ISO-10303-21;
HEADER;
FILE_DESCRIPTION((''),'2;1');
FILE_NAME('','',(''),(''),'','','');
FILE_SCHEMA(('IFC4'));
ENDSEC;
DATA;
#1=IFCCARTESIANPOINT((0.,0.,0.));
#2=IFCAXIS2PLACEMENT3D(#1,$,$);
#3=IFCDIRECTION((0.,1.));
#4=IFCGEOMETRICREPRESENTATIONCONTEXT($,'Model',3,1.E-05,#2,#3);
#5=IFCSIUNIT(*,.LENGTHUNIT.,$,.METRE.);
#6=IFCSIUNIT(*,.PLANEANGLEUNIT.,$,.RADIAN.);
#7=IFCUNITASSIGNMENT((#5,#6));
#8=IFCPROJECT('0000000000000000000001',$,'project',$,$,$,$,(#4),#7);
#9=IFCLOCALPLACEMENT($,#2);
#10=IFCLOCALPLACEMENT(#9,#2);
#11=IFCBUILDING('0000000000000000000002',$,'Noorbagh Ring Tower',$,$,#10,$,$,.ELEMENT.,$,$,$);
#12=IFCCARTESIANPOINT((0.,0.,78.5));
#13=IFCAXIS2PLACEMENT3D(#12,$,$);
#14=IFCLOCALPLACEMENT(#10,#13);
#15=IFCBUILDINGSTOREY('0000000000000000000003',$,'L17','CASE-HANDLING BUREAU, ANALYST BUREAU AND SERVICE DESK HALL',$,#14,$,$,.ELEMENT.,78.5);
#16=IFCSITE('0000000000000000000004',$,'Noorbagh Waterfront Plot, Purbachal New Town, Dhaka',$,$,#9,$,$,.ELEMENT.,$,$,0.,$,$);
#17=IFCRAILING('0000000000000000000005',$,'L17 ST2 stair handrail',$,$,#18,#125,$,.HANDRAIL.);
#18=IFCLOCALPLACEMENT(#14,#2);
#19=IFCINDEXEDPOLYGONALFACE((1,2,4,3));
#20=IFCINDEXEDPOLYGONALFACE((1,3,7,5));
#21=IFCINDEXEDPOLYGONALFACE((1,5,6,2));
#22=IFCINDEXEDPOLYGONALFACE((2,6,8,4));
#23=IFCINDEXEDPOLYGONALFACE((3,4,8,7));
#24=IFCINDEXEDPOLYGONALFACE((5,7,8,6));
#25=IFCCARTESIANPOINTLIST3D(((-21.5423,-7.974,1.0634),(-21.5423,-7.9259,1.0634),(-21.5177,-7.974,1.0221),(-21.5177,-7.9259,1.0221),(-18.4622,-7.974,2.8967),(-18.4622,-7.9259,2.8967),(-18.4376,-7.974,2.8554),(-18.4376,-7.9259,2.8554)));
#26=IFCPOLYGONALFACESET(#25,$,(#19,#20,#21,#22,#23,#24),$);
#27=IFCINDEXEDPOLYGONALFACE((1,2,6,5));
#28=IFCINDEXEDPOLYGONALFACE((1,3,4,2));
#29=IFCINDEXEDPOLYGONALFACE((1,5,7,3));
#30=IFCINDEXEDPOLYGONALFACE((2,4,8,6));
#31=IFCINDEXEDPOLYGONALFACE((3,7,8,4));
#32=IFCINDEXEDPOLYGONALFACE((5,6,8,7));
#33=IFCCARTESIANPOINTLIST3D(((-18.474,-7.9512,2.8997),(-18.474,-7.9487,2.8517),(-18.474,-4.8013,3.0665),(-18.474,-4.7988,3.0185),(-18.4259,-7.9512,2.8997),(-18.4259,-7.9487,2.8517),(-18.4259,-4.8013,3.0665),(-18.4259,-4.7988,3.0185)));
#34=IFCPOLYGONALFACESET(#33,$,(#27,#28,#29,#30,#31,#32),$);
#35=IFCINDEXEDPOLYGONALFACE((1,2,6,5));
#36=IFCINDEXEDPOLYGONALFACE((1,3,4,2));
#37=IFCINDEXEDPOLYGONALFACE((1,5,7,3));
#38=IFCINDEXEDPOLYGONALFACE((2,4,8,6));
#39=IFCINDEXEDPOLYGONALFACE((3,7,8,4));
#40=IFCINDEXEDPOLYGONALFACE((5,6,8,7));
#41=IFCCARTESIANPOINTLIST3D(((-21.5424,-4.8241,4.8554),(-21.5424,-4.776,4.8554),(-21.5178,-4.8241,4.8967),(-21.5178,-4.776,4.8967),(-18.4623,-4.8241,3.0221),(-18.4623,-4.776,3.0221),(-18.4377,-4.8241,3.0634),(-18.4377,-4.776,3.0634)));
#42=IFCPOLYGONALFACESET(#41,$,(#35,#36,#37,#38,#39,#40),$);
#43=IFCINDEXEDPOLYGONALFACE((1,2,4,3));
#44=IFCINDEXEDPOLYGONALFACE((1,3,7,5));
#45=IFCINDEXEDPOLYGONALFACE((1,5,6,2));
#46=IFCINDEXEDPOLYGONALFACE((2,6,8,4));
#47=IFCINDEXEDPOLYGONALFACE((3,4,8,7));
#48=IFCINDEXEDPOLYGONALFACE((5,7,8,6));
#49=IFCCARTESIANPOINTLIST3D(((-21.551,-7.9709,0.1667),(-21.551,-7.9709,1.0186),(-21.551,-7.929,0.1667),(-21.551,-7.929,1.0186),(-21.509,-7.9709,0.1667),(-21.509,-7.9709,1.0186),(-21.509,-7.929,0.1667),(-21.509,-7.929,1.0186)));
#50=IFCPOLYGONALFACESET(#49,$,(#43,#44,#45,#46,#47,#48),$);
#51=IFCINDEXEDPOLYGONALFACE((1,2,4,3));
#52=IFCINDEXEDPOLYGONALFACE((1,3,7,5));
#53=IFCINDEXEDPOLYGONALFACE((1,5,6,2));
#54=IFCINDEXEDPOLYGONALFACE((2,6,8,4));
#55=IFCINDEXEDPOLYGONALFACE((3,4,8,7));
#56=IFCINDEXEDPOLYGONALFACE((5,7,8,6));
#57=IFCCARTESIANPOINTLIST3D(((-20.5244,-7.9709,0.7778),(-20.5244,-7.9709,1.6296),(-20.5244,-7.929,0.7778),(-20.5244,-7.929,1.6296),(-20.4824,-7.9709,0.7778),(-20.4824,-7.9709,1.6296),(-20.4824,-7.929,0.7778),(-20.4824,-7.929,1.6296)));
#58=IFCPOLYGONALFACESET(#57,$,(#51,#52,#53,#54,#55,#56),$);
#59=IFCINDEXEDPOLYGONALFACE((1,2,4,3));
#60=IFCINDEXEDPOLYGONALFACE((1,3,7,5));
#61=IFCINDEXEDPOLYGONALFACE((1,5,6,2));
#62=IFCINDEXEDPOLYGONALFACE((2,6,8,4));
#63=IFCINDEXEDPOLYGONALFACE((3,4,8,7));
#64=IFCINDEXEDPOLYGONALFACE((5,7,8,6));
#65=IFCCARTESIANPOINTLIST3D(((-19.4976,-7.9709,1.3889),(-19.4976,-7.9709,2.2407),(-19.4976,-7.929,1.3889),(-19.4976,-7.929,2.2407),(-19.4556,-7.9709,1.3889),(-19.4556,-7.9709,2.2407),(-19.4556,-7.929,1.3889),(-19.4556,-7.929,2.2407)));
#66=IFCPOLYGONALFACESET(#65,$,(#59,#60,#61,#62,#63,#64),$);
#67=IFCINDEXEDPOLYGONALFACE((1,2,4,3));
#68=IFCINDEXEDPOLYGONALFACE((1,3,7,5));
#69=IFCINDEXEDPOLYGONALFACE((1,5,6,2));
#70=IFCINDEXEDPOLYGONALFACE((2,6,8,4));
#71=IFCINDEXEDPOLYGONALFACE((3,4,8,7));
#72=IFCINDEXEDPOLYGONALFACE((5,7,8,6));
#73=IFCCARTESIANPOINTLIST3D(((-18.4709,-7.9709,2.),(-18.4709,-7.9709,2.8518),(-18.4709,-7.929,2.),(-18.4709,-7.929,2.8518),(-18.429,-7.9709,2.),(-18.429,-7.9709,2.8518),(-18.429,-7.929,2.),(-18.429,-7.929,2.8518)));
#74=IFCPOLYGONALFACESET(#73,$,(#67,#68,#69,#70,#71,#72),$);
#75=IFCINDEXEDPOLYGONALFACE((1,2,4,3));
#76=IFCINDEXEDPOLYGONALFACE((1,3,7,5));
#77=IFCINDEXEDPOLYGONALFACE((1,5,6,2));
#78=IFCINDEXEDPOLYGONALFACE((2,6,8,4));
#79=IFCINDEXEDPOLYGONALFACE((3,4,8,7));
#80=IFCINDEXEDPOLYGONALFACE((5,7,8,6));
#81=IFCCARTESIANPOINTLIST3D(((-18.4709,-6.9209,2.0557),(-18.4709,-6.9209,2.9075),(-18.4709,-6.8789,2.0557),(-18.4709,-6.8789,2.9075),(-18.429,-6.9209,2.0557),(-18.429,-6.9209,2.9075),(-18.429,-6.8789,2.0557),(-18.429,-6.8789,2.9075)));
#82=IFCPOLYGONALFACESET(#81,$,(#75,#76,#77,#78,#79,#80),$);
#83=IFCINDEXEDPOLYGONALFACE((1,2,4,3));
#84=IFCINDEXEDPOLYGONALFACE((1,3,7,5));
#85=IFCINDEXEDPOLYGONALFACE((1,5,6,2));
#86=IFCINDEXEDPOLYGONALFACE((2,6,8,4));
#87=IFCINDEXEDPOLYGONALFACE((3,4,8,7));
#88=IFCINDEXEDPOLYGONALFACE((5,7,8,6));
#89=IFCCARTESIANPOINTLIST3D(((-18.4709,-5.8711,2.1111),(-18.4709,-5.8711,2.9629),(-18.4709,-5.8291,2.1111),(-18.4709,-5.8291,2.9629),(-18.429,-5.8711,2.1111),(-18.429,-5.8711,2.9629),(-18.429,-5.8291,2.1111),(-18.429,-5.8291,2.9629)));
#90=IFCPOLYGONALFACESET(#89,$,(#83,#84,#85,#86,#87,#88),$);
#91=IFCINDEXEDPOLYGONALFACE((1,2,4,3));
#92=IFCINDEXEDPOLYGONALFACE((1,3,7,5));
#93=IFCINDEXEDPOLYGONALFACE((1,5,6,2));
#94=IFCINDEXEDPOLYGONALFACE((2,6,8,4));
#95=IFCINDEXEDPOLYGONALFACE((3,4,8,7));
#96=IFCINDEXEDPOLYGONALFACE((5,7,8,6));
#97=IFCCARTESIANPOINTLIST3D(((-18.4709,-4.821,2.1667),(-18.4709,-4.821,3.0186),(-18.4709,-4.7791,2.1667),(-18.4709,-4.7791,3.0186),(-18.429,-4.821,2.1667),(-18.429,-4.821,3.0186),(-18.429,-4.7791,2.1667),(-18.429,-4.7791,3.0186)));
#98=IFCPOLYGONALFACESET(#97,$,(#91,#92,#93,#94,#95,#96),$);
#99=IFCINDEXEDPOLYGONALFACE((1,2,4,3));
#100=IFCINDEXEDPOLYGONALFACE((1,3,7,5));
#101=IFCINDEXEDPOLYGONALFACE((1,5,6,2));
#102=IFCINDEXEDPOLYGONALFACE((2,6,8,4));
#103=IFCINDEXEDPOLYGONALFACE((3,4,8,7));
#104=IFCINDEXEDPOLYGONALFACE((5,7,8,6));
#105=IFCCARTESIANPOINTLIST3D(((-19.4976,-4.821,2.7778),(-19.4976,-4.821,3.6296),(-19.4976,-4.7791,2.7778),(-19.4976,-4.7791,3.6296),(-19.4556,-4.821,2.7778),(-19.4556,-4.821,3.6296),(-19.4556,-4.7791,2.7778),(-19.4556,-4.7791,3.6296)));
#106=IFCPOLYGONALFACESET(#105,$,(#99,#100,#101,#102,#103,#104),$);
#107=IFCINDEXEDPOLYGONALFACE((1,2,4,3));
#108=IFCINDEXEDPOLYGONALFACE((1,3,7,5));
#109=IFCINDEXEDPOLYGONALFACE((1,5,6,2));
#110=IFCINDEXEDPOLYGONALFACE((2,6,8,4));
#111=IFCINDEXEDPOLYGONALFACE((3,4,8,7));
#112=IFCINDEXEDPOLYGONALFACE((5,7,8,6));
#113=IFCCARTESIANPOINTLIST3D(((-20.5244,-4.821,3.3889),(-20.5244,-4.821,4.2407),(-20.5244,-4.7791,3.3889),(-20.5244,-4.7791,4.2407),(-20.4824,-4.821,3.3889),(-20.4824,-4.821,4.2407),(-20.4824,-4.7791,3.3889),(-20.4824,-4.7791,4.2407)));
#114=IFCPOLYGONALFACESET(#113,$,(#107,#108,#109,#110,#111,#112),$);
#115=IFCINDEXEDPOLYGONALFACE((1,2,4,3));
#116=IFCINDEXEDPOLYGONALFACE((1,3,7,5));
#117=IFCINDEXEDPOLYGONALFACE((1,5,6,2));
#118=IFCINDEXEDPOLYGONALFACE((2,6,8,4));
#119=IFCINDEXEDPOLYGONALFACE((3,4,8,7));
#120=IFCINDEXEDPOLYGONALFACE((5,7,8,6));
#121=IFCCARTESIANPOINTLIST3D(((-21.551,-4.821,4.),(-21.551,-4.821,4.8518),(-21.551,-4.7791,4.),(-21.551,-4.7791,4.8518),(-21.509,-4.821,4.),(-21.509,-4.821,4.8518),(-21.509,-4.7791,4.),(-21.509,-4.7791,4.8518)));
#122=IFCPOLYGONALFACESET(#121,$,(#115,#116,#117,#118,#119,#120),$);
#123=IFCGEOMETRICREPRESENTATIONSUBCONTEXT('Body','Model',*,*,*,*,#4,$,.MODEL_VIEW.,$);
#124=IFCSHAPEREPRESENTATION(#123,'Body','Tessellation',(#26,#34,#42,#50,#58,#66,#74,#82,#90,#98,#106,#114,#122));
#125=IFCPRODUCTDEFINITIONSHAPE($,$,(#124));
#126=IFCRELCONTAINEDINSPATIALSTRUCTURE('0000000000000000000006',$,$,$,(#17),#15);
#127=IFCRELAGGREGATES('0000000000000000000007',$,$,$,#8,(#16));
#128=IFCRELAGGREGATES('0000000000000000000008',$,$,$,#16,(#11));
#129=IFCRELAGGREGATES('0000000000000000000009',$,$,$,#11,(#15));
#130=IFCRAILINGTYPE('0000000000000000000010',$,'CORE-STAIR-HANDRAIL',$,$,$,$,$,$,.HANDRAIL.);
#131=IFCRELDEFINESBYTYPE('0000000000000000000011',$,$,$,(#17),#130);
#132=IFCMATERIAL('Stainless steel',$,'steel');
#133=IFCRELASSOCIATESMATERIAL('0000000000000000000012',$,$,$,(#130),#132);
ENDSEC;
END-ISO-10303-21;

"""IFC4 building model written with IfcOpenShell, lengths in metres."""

from ifc_helpers import new_model, si_unit, direction, frame, origin, origin_2d, place, context, subcontext, project, spatial, rectangle, extrude, material, type_object, element, save


model = new_model("IFC4")

# Units and contexts
model_context = context("Model", 3, precision=1e-05, world=origin(), true_north=direction((0.0, 1.0)))
body_context = subcontext(model_context, "Body", "Model", "MODEL_VIEW")
ifc_project = project(units=[si_unit("LENGTHUNIT", "METRE"), si_unit("PLANEANGLEUNIT", "RADIAN")], contexts=[model_context])

# Site, building, storey
site_placement = place(None, origin())
site = spatial("IfcSite", under=ifc_project, at=site_placement, Name="Noorbagh Waterfront Plot, Purbachal New Town, Dhaka", CompositionType="ELEMENT", RefElevation=0.0)
building_placement = place(site_placement, origin())
building = spatial("IfcBuilding", under=site, at=building_placement, Name="Noorbagh Ring Tower", CompositionType="ELEMENT")
storey_placement = place(building_placement, frame((0.0, 0.0, 78.5)))
storey = spatial("IfcBuildingStorey", under=building, at=storey_placement, Name="L17", Description="CASE-HANDLING BUREAU, ANALYST BUREAU AND SERVICE DESK HALL", CompositionType="ELEMENT", Elevation=78.5)

# Railing
ifc_material_1 = material(Name="Stainless steel", Category="steel")
railing_type_1 = type_object("IfcRailingType", Name="CORE-STAIR-HANDRAIL", PredefinedType="HANDRAIL", material=ifc_material_1)
railing_1_placement = place(storey_placement, frame((-21.53, -7.95, 0.1667)))
element("IfcRailing", 1, at=railing_1_placement, inside=storey, type_object=railing_type_1, Name="L17 ST2 stair handrail", PredefinedType="HANDRAIL", context=body_context, shape_type="SweptSolid", body=[
    extrude(rectangle(XDim=0.0481, YDim=0.0481, at=origin_2d()), frame((0.0, 0.0, 0.876), z_axis=(0.859309, 0.0, 0.511458), x_axis=(0.0, 1.0, 0.0)), (0.0, 0.0, 1.0), 3.5845),
    extrude(rectangle(XDim=0.0481, YDim=0.0481, at=origin_2d()), frame((3.0801, 0.0, 2.709), z_axis=(0.0, 0.998602, 0.052864), x_axis=(-1.0, 0.0, 0.0)), (0.0, 0.0, 1.0), 3.1543),
    extrude(rectangle(XDim=0.0481, YDim=0.0481, at=origin_2d()), frame((3.0801, 3.1499, 2.876), z_axis=(-0.859309, 0.0, 0.511458), x_axis=(0.0, -1.0, 0.0)), (0.0, 0.0, 1.0), 3.5845),
    extrude(rectangle(XDim=0.042, YDim=0.042, at=origin_2d()), origin(), (0.0, 0.0, 1.0), 0.8518),
    extrude(rectangle(XDim=0.042, YDim=0.042, at=origin_2d()), frame((1.0266, 0.0, 0.6111)), (0.0, 0.0, 1.0), 0.8518),
    extrude(rectangle(XDim=0.042, YDim=0.042, at=origin_2d()), frame((2.0535, 0.0, 1.2222)), (0.0, 0.0, 1.0), 0.8518),
    extrude(rectangle(XDim=0.042, YDim=0.042, at=origin_2d()), frame((3.0801, 0.0, 1.8333)), (0.0, 0.0, 1.0), 0.8518),
    extrude(rectangle(XDim=0.042, YDim=0.042, at=origin_2d()), frame((3.0801, 1.05, 1.8889)), (0.0, 0.0, 1.0), 0.8518),
    extrude(rectangle(XDim=0.042, YDim=0.042, at=origin_2d()), frame((3.0801, 2.0999, 1.9443)), (0.0, 0.0, 1.0), 0.8518),
    extrude(rectangle(XDim=0.042, YDim=0.042, at=origin_2d()), frame((3.0801, 3.1499, 2.0)), (0.0, 0.0, 1.0), 0.8518),
    extrude(rectangle(XDim=0.042, YDim=0.042, at=origin_2d()), frame((2.0535, 3.1499, 2.6111)), (0.0, 0.0, 1.0), 0.8518),
    extrude(rectangle(XDim=0.042, YDim=0.042, at=origin_2d()), frame((1.0266, 3.1499, 3.2222)), (0.0, 0.0, 1.0), 0.8518),
    extrude(rectangle(XDim=0.042, YDim=0.042, at=origin_2d()), frame((0.0, 3.1499, 3.8333)), (0.0, 0.0, 1.0), 0.8518),
])

save(model, "model.ifc")
